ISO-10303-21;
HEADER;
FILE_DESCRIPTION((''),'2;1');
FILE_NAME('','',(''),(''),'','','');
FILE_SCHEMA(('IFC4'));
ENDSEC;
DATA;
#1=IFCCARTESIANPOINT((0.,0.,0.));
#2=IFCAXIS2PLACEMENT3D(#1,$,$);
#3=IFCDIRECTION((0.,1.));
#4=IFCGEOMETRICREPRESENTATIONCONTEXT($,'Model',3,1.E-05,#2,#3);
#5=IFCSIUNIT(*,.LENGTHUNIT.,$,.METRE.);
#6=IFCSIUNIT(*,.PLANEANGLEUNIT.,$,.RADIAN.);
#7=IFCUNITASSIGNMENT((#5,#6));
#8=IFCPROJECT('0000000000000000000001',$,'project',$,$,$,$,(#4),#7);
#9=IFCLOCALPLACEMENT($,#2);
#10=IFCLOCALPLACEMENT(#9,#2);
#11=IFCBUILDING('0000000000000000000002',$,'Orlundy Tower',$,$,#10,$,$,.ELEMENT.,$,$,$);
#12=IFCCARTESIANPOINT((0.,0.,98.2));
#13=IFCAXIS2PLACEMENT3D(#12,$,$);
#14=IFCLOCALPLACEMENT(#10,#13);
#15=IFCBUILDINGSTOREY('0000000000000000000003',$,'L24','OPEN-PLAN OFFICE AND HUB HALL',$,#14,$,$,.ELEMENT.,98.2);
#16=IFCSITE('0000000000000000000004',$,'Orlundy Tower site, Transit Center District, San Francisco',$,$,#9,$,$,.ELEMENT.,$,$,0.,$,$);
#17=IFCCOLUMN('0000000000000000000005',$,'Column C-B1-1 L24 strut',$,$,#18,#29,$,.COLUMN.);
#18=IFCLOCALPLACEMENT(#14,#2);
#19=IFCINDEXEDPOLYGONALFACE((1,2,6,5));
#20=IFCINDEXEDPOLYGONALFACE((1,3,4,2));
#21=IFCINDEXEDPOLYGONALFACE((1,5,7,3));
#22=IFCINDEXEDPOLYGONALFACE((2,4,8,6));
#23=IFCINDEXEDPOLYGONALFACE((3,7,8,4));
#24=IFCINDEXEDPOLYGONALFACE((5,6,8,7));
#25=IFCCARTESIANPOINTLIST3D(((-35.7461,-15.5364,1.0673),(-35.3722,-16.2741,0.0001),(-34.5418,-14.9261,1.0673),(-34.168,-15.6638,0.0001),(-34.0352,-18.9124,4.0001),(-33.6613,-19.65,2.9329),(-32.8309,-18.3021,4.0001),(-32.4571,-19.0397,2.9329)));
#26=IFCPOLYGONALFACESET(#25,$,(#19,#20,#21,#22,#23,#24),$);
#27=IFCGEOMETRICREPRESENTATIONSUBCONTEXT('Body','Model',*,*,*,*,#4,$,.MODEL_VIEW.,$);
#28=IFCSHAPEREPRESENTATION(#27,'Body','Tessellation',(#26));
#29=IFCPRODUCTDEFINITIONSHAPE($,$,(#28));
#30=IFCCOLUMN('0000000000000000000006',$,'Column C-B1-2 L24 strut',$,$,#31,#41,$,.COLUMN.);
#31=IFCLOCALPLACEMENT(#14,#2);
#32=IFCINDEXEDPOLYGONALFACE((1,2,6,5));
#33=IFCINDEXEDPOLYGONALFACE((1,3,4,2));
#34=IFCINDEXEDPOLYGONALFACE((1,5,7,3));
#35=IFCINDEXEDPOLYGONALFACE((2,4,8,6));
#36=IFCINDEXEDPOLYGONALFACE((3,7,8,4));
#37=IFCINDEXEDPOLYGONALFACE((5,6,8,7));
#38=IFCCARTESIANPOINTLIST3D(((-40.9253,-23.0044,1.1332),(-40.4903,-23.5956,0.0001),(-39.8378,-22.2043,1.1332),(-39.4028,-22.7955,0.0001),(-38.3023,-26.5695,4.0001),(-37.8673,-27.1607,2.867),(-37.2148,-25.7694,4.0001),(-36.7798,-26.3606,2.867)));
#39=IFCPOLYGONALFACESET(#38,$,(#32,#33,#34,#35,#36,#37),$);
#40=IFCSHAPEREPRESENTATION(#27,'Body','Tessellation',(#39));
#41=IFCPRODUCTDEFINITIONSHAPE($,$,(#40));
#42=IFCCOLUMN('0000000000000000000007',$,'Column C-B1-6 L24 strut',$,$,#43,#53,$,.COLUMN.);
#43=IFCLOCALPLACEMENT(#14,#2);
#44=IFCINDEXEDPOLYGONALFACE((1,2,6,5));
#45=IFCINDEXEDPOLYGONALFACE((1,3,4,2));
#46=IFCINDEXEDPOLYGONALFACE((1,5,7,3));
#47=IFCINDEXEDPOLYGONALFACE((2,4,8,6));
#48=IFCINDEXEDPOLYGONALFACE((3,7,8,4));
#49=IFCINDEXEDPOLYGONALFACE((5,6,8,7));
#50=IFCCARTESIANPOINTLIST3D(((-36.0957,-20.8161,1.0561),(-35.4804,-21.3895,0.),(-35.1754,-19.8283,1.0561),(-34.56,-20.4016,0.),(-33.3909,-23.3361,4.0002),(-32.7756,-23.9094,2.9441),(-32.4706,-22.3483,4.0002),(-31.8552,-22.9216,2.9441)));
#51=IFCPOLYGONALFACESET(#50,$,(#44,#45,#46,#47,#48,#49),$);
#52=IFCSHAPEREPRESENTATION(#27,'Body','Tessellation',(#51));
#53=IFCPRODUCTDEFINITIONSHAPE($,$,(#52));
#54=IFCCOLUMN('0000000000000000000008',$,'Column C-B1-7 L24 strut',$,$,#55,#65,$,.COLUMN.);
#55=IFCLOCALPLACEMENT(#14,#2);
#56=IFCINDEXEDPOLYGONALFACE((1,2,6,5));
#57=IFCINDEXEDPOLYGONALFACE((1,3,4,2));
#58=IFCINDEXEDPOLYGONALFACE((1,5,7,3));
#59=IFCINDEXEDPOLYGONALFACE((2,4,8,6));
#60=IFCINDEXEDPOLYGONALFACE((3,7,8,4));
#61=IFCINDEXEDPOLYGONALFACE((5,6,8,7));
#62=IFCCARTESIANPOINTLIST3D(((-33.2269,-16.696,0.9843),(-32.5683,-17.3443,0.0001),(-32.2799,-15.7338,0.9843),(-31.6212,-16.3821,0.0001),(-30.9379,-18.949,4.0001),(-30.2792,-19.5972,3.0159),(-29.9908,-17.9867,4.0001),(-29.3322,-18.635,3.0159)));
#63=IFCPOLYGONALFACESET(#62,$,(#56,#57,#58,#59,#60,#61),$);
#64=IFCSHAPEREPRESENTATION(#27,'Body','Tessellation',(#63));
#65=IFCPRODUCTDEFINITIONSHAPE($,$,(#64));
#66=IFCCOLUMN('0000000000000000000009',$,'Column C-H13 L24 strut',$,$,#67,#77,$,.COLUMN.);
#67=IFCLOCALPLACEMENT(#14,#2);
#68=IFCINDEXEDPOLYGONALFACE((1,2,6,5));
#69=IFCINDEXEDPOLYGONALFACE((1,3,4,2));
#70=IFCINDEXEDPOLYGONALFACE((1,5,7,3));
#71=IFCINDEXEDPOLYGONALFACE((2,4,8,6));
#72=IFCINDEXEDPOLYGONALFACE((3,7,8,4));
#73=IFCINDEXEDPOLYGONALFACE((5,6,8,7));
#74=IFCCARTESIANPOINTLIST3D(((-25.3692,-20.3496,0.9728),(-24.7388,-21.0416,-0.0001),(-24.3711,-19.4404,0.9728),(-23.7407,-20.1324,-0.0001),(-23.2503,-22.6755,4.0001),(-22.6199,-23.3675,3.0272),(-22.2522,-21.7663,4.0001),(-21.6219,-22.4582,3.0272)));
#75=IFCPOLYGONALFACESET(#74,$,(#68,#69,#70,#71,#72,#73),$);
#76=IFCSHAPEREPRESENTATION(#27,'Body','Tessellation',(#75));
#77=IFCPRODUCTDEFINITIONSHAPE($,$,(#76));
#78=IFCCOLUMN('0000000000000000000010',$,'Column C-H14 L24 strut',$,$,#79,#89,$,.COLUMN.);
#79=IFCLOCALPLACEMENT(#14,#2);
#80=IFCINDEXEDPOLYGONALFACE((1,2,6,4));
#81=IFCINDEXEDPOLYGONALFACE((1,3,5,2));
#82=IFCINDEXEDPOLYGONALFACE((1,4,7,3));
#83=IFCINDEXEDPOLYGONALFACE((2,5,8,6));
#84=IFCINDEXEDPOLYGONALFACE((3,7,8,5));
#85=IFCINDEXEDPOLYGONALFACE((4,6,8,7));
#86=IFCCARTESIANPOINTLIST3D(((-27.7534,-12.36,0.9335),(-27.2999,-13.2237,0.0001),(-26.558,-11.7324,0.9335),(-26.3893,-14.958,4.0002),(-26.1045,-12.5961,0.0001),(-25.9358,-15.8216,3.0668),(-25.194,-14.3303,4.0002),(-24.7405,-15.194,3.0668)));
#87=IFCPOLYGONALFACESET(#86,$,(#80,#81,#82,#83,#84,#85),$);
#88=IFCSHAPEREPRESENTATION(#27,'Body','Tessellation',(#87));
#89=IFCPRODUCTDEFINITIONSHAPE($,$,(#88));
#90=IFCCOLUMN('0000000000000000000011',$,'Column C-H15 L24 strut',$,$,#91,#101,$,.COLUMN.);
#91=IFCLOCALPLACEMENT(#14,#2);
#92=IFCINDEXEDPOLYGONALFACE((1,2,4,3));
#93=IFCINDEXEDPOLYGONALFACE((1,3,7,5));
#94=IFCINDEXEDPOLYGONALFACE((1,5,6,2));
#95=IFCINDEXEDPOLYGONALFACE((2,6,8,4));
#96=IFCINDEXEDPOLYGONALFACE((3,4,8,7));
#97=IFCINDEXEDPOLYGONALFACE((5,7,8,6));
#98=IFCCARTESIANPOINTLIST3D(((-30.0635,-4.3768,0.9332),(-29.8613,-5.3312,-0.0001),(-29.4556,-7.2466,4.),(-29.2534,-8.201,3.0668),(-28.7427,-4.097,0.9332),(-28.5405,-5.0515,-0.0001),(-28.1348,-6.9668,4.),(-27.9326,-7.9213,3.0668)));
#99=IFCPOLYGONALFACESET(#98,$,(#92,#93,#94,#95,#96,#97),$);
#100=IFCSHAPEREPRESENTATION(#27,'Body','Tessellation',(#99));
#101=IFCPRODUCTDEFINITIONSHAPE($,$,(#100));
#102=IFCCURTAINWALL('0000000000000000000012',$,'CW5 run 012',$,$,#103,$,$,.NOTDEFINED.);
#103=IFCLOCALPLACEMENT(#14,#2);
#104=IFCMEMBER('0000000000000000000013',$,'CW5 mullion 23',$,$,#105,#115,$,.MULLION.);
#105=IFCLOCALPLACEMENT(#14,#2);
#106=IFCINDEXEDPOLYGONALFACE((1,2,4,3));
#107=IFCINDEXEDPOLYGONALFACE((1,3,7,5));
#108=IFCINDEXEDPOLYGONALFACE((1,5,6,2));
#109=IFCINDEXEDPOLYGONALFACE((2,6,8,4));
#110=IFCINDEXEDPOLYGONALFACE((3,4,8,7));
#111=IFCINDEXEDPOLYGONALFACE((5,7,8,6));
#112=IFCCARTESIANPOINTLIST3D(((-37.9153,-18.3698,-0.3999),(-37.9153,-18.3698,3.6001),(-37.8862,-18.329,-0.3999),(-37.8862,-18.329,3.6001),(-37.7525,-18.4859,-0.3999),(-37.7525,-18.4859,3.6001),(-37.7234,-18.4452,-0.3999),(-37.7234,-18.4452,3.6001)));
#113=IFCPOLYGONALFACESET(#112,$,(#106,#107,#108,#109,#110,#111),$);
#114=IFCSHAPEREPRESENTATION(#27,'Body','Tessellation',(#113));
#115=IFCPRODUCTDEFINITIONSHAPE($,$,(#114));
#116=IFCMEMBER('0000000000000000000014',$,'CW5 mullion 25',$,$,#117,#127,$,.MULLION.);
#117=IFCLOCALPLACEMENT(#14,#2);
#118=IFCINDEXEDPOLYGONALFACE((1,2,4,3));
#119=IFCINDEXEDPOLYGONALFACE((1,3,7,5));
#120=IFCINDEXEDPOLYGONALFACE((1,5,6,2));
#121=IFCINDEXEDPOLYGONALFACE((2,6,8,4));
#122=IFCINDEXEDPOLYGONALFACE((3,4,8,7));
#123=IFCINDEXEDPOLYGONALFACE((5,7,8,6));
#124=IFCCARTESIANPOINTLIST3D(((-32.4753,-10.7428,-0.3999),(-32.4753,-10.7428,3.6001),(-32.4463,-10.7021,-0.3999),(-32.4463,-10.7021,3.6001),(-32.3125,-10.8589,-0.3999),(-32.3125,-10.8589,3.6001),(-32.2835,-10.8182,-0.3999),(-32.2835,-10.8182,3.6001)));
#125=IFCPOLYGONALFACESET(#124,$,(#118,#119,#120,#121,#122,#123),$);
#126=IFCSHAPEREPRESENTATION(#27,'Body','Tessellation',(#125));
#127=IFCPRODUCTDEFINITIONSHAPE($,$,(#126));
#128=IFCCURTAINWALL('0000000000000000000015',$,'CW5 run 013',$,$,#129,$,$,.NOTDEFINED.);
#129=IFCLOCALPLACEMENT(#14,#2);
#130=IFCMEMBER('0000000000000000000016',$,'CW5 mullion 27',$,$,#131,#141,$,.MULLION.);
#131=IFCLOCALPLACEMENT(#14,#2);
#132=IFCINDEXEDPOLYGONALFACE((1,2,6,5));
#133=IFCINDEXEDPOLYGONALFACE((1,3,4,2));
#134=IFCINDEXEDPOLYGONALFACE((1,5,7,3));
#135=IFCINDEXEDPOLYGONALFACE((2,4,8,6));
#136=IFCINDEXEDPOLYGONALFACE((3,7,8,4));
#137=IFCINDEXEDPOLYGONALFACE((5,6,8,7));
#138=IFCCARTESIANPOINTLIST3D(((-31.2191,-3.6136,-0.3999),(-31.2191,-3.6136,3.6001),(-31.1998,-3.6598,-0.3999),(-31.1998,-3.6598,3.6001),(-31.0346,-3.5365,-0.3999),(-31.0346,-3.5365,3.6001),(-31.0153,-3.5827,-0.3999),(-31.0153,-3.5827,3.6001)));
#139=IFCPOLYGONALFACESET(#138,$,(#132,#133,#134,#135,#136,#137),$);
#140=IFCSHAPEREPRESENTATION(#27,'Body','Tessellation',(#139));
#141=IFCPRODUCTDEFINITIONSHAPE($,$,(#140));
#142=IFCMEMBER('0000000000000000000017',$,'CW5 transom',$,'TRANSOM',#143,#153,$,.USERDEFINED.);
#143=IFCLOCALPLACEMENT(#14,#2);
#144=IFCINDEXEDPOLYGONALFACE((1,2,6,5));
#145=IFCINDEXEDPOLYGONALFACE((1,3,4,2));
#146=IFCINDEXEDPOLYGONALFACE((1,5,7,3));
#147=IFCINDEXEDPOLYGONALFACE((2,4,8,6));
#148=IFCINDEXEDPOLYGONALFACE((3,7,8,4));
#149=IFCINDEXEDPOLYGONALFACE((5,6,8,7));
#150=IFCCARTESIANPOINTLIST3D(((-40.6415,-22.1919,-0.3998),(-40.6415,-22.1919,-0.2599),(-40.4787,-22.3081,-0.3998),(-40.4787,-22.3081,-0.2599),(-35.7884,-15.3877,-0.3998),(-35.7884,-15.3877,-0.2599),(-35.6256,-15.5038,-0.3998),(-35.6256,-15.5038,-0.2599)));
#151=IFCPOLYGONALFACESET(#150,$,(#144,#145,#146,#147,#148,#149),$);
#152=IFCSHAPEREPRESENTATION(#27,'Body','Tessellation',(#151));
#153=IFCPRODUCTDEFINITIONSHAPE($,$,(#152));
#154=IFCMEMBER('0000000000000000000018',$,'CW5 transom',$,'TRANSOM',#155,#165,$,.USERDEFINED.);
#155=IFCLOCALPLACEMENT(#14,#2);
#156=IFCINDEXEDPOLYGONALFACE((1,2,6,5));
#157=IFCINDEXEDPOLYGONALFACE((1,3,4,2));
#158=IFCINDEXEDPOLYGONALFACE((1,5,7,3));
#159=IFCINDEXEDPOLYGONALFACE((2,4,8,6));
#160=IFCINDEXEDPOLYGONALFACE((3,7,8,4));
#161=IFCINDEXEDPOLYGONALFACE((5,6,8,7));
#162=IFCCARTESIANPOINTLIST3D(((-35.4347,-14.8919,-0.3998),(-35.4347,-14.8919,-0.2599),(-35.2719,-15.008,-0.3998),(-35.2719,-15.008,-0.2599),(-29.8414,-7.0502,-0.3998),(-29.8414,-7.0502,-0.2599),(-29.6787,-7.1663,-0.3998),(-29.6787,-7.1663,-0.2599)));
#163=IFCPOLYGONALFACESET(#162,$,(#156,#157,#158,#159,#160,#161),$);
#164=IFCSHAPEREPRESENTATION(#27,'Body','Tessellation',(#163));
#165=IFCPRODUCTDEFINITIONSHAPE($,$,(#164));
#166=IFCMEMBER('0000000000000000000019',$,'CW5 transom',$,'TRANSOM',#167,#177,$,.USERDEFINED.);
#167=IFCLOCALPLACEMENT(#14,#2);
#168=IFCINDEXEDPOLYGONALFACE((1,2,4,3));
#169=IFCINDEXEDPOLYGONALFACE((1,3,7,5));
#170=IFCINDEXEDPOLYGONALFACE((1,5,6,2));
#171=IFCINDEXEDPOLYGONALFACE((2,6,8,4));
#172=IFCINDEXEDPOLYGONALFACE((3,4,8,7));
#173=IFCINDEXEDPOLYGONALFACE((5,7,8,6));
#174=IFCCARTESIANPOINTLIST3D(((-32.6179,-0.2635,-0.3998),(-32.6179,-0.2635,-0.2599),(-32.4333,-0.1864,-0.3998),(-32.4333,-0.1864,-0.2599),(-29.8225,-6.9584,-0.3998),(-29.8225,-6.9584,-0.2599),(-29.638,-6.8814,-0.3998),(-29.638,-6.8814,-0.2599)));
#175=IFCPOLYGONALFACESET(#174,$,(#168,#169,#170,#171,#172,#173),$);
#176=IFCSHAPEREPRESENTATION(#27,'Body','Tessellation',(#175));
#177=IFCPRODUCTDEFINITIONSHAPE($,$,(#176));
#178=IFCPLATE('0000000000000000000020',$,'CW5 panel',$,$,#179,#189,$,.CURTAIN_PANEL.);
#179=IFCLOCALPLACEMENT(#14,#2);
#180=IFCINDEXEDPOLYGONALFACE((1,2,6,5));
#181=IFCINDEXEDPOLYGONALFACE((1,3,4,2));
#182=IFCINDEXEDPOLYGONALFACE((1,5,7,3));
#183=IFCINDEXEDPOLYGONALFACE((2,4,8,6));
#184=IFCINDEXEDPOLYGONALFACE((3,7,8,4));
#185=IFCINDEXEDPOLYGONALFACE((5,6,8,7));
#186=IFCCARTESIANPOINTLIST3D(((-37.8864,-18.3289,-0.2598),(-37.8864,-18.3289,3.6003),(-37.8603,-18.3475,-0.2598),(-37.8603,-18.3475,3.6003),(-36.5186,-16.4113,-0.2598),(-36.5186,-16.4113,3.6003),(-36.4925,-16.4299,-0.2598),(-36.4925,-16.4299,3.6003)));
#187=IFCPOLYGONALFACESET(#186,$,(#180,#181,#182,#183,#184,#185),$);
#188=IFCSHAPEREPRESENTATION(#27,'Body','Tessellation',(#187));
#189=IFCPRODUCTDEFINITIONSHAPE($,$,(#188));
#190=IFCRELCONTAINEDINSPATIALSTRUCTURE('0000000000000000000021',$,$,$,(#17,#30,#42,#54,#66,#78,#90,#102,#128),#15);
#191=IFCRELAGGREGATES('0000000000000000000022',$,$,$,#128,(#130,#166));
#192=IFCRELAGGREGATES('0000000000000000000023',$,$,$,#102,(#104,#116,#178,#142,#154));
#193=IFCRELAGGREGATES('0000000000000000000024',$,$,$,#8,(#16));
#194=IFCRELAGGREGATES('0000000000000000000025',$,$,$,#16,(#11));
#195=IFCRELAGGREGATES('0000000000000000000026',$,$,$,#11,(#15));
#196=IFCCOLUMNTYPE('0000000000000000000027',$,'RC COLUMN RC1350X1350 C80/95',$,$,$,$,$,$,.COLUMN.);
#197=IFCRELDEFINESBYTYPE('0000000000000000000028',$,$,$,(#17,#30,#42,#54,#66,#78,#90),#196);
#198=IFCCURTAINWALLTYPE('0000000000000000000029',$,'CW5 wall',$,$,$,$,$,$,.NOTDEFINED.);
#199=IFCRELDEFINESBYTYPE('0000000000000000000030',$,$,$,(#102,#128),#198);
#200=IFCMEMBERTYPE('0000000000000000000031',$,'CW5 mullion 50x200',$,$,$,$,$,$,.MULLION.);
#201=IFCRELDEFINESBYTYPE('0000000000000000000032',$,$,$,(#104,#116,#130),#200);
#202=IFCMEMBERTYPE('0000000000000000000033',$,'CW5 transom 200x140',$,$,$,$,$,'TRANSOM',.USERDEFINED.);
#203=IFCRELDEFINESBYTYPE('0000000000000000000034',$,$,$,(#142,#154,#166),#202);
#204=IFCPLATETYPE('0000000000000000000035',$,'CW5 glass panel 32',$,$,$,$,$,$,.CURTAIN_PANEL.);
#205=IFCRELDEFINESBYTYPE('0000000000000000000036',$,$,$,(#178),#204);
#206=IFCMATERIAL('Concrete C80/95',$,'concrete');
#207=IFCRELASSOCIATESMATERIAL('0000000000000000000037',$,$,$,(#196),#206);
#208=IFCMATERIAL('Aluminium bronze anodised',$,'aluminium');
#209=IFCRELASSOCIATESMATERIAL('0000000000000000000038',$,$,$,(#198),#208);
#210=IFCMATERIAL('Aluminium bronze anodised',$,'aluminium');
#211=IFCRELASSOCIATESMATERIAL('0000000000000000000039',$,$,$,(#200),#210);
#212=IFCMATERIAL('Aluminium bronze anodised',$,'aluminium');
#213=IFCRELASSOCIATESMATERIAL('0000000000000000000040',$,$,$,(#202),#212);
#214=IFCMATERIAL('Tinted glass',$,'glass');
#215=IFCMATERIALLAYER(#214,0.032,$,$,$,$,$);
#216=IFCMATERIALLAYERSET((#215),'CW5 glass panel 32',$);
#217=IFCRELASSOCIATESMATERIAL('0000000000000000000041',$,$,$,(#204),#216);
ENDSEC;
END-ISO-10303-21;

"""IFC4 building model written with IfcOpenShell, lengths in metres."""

from ifc_helpers import new_model, si_unit, direction, frame, origin, origin_2d, place, context, subcontext, project, spatial, rectangle, extrude, material, layer, layer_set, material_profile, profile_set, type_object, element, aggregate, save


model = new_model("IFC4")

# Units and contexts
model_context = context("Model", 3, precision=1e-05, world=origin(), true_north=direction((0.0, 1.0)))
body_context = subcontext(model_context, "Body", "Model", "MODEL_VIEW")
ifc_project = project(units=[si_unit("LENGTHUNIT", "METRE"), si_unit("PLANEANGLEUNIT", "RADIAN")], contexts=[model_context])

# Site, building, storey
site_placement = place(None, origin())
site = spatial("IfcSite", under=ifc_project, at=site_placement, Name="Orlundy Tower site, Transit Center District, San Francisco", CompositionType="ELEMENT", RefElevation=0.0)
building_placement = place(site_placement, origin())
building = spatial("IfcBuilding", under=site, at=building_placement, Name="Orlundy Tower", CompositionType="ELEMENT")
storey_placement = place(building_placement, frame((0.0, 0.0, 98.2)))
storey = spatial("IfcBuildingStorey", under=building, at=storey_placement, Name="L24", Description="OPEN-PLAN OFFICE AND HUB HALL", CompositionType="ELEMENT", Elevation=98.2)

# Columns
ifc_material_1 = material(Name="Concrete C80/95", Category="concrete")
ifc_material_profile_1 = material_profile(ifc_material_1, rectangle(XDim=1.3501, YDim=1.3501, at=origin_2d()), Name="RC1350X1350")
ifc_profile_set_1 = profile_set([ifc_material_profile_1], Name="Concrete C80/95")
column_type = type_object("IfcColumnType", Name="RC COLUMN RC1350X1350 C80/95", PredefinedType="COLUMN", material=ifc_profile_set_1)
column_1_placement = place(storey_placement, frame((-34.957, -15.6001, 0.5337), z_axis=(0.357329, -0.705072, 0.612527), x_axis=(0.891989, 0.452058, 0.0)))
element("IfcColumn", 1, at=column_1_placement, inside=storey, type_object=column_type, Name="Column C-B1-1 L24 strut", PredefinedType="COLUMN", context=body_context, shape_type="SweptSolid", body=[
    extrude(rectangle(XDim=1.3501, YDim=1.3501, at=origin_2d()), origin(), (0.0, 0.0, 1.0), 4.7881),
])
column_2_placement = place(storey_placement, frame((-40.1641, -22.8999, 0.5667), z_axis=(0.497397, -0.676051, 0.543646), x_axis=(0.80548, 0.592623, 0.0)))
element("IfcColumn", 2, at=column_2_placement, inside=storey, type_object=column_type, Name="Column C-B1-2 L24 strut", PredefinedType="COLUMN", context=body_context, shape_type="SweptSolid", body=[
    extrude(rectangle(XDim=1.3501, YDim=1.3501, at=origin_2d()), origin(), (0.0, 0.0, 1.0), 5.2734),
])
column_3_placement = place(storey_placement, frame((-35.3279, -20.6089, 0.5281), z_axis=(0.57234, -0.533234, 0.622967), x_axis=(0.681669, 0.731661, 0.0)))
element("IfcColumn", 3, at=column_3_placement, inside=storey, type_object=column_type, Name="Column C-B1-6 L24 strut", PredefinedType="COLUMN", context=body_context, shape_type="SweptSolid", body=[
    extrude(rectangle(XDim=1.3501, YDim=1.3501, at=origin_2d()), origin(), (0.0, 0.0, 1.0), 4.7258),
])
column_4_placement = place(storey_placement, frame((-32.4241, -16.5391, 0.4922), z_axis=(0.519558, -0.511357, 0.684524), x_axis=(0.701459, 0.712709, 0.0)))
element("IfcColumn", 4, at=column_4_placement, inside=storey, type_object=column_type, Name="Column C-B1-7 L24 strut", PredefinedType="COLUMN", context=body_context, shape_type="SweptSolid", body=[
    extrude(rectangle(XDim=1.3501, YDim=1.3501, at=origin_2d()), origin(), (0.0, 0.0, 1.0), 4.4058),
])
column_5_placement = place(storey_placement, frame((-24.5549, -20.241, 0.4863), z_axis=(0.485286, -0.532701, 0.693345), x_axis=(0.739241, 0.673441, 0.0)))
element("IfcColumn", 5, at=column_5_placement, inside=storey, type_object=column_type, Name="Column C-H13 L24 strut", PredefinedType="COLUMN", context=body_context, shape_type="SweptSolid", body=[
    extrude(rectangle(XDim=1.3501, YDim=1.3501, at=origin_2d()), origin(), (0.0, 0.0, 1.0), 4.3662),
])
column_6_placement = place(storey_placement, frame((-26.929, -12.478, 0.4668), z_axis=(0.321376, -0.612094, 0.722536), x_axis=(0.885382, 0.464865, 0.0)))
element("IfcColumn", 6, at=column_6_placement, inside=storey, type_object=column_type, Name="Column C-H14 L24 strut", PredefinedType="COLUMN", context=body_context, shape_type="SweptSolid", body=[
    extrude(rectangle(XDim=1.3501, YDim=1.3501, at=origin_2d()), origin(), (0.0, 0.0, 1.0), 4.2444),
])
column_7_placement = place(storey_placement, frame((-29.302, -4.7141, 0.4666), z_axis=(0.14324, -0.676218, 0.722642), x_axis=(0.978293, 0.207227, 0.0)))
element("IfcColumn", 7, at=column_7_placement, inside=storey, type_object=column_type, Name="Column C-H15 L24 strut", PredefinedType="COLUMN", context=body_context, shape_type="SweptSolid", body=[
    extrude(rectangle(XDim=1.3501, YDim=1.3501, at=origin_2d()), origin(), (0.0, 0.0, 1.0), 4.2439),
])

# Curtain wall, members
ifc_material_2 = material(Name="Aluminium bronze anodised", Category="aluminium")
curtain_wall_type = type_object("IfcCurtainWallType", Name="CW5 wall", PredefinedType="NOTDEFINED", material=ifc_material_2)
curtain_wall_1_placement = place(storey_placement, origin())
curtain_wall_1 = element("IfcCurtainWall", 8, at=curtain_wall_1_placement, inside=storey, type_object=curtain_wall_type, Name="CW5 run 012", PredefinedType="NOTDEFINED")
ifc_material_3 = material(Name="Aluminium bronze anodised", Category="aluminium")
ifc_material_profile_2 = material_profile(ifc_material_3, rectangle(XDim=0.2, YDim=0.05, at=origin_2d()), Name="CW5 mullion 50x200")
ifc_profile_set_2 = profile_set([ifc_material_profile_2], Name="Aluminium bronze anodised")
member_type_1 = type_object("IfcMemberType", Name="CW5 mullion 50x200", PredefinedType="MULLION", material=ifc_profile_set_2)
member_1_placement = place(storey_placement, frame((-37.8193, -18.4075, -0.3999), z_axis=(0.0, 0.0, 1.0), x_axis=(-0.81413, 0.580683, 0.0)))
member_1 = element("IfcMember", 9, at=member_1_placement, type_object=member_type_1, Name="CW5 mullion 23", PredefinedType="MULLION", context=body_context, shape_type="SweptSolid", body=[
    extrude(rectangle(XDim=0.2, YDim=0.05, at=origin_2d()), origin(), (0.0, 0.0, 1.0), 4.0),
])
member_2_placement = place(storey_placement, frame((-32.3794, -10.7805, -0.3999), z_axis=(0.0, 0.0, 1.0), x_axis=(-0.81413, 0.580683, 0.0)))
member_2 = element("IfcMember", 10, at=member_2_placement, type_object=member_type_1, Name="CW5 mullion 25", PredefinedType="MULLION", context=body_context, shape_type="SweptSolid", body=[
    extrude(rectangle(XDim=0.2, YDim=0.05, at=origin_2d()), origin(), (0.0, 0.0, 1.0), 4.0),
])

# Curtain wall, member
curtain_wall_2_placement = place(storey_placement, origin())
curtain_wall_2 = element("IfcCurtainWall", 11, at=curtain_wall_2_placement, inside=storey, type_object=curtain_wall_type, Name="CW5 run 013", PredefinedType="NOTDEFINED")
member_3_placement = place(storey_placement, frame((-31.1172, -3.5981, -0.3999), z_axis=(0.0, 0.0, 1.0), x_axis=(-0.922789, -0.385305, 0.0)))
member_3 = element("IfcMember", 12, at=member_3_placement, type_object=member_type_1, Name="CW5 mullion 27", PredefinedType="MULLION", context=body_context, shape_type="SweptSolid", body=[
    extrude(rectangle(XDim=0.2, YDim=0.05, at=origin_2d()), origin(), (0.0, 0.0, 1.0), 4.0),
])

# Members
ifc_material_4 = material(Name="Aluminium bronze anodised", Category="aluminium")
ifc_material_profile_3 = material_profile(ifc_material_4, rectangle(XDim=0.2, YDim=0.1399, at=origin_2d()), Name="CW5 transom 200x140")
ifc_profile_set_3 = profile_set([ifc_material_profile_3], Name="Aluminium bronze anodised")
member_type_2 = type_object("IfcMemberType", Name="CW5 transom 200x140", ElementType="TRANSOM", PredefinedType="USERDEFINED", material=ifc_profile_set_3)
member_4_placement = place(storey_placement, frame((-40.5601, -22.25, -0.3298), z_axis=(0.580674, 0.814136, 0.0), x_axis=(-0.814136, 0.580674, 0.0)))
member_4 = element("IfcMember", 13, at=member_4_placement, type_object=member_type_2, Name="CW5 transom", ObjectType="TRANSOM", PredefinedType="USERDEFINED", context=body_context, shape_type="SweptSolid", body=[
    extrude(rectangle(XDim=0.2, YDim=0.1399, at=origin_2d()), origin(), (0.0, 0.0, 1.0), 8.3577),
])
member_5_placement = place(storey_placement, frame((-35.3533, -14.95, -0.3298), z_axis=(0.580687, 0.814127, 0.0), x_axis=(-0.814127, 0.580687, 0.0)))
member_5 = element("IfcMember", 14, at=member_5_placement, type_object=member_type_2, Name="CW5 transom", ObjectType="TRANSOM", PredefinedType="USERDEFINED", context=body_context, shape_type="SweptSolid", body=[
    extrude(rectangle(XDim=0.2, YDim=0.1399, at=origin_2d()), origin(), (0.0, 0.0, 1.0), 9.6321),
])
member_6_placement = place(storey_placement, frame((-29.7302, -6.9199, -0.3298), z_axis=(-0.385296, 0.922793, 0.0), x_axis=(-0.922793, -0.385296, 0.0)))
member_6 = element("IfcMember", 15, at=member_6_placement, type_object=member_type_2, Name="CW5 transom", ObjectType="TRANSOM", PredefinedType="USERDEFINED", context=body_context, shape_type="SweptSolid", body=[
    extrude(rectangle(XDim=0.2, YDim=0.1399, at=origin_2d()), origin(), (0.0, 0.0, 1.0), 7.2551),
])

# Plate
ifc_material_5 = material(Name="Tinted glass", Category="glass")
ifc_layer_1 = layer(ifc_material_5, 0.032)
ifc_layer_set_1 = layer_set([ifc_layer_1], Name="CW5 glass panel 32")
plate_type_1 = type_object("IfcPlateType", Name="CW5 glass panel 32", PredefinedType="CURTAIN_PANEL", material=ifc_layer_set_1)
plate_1_placement = place(storey_placement, frame((-37.1895, -17.3794, -0.2598), z_axis=(0.0, 0.0, 1.0), x_axis=(0.580683, 0.81413, 0.0)))
plate_1 = element("IfcPlate", 16, at=plate_1_placement, type_object=plate_type_1, Name="CW5 panel", PredefinedType="CURTAIN_PANEL", context=body_context, shape_type="SweptSolid", body=[
    extrude(rectangle(XDim=2.3555, YDim=0.032, at=origin_2d()), origin(), (0.0, 0.0, 1.0), 3.8601),
])
aggregate(curtain_wall_2, [member_3, member_6])
aggregate(curtain_wall_1, [member_1, member_2, plate_1, member_4, member_5])

save(model, "model.ifc")
